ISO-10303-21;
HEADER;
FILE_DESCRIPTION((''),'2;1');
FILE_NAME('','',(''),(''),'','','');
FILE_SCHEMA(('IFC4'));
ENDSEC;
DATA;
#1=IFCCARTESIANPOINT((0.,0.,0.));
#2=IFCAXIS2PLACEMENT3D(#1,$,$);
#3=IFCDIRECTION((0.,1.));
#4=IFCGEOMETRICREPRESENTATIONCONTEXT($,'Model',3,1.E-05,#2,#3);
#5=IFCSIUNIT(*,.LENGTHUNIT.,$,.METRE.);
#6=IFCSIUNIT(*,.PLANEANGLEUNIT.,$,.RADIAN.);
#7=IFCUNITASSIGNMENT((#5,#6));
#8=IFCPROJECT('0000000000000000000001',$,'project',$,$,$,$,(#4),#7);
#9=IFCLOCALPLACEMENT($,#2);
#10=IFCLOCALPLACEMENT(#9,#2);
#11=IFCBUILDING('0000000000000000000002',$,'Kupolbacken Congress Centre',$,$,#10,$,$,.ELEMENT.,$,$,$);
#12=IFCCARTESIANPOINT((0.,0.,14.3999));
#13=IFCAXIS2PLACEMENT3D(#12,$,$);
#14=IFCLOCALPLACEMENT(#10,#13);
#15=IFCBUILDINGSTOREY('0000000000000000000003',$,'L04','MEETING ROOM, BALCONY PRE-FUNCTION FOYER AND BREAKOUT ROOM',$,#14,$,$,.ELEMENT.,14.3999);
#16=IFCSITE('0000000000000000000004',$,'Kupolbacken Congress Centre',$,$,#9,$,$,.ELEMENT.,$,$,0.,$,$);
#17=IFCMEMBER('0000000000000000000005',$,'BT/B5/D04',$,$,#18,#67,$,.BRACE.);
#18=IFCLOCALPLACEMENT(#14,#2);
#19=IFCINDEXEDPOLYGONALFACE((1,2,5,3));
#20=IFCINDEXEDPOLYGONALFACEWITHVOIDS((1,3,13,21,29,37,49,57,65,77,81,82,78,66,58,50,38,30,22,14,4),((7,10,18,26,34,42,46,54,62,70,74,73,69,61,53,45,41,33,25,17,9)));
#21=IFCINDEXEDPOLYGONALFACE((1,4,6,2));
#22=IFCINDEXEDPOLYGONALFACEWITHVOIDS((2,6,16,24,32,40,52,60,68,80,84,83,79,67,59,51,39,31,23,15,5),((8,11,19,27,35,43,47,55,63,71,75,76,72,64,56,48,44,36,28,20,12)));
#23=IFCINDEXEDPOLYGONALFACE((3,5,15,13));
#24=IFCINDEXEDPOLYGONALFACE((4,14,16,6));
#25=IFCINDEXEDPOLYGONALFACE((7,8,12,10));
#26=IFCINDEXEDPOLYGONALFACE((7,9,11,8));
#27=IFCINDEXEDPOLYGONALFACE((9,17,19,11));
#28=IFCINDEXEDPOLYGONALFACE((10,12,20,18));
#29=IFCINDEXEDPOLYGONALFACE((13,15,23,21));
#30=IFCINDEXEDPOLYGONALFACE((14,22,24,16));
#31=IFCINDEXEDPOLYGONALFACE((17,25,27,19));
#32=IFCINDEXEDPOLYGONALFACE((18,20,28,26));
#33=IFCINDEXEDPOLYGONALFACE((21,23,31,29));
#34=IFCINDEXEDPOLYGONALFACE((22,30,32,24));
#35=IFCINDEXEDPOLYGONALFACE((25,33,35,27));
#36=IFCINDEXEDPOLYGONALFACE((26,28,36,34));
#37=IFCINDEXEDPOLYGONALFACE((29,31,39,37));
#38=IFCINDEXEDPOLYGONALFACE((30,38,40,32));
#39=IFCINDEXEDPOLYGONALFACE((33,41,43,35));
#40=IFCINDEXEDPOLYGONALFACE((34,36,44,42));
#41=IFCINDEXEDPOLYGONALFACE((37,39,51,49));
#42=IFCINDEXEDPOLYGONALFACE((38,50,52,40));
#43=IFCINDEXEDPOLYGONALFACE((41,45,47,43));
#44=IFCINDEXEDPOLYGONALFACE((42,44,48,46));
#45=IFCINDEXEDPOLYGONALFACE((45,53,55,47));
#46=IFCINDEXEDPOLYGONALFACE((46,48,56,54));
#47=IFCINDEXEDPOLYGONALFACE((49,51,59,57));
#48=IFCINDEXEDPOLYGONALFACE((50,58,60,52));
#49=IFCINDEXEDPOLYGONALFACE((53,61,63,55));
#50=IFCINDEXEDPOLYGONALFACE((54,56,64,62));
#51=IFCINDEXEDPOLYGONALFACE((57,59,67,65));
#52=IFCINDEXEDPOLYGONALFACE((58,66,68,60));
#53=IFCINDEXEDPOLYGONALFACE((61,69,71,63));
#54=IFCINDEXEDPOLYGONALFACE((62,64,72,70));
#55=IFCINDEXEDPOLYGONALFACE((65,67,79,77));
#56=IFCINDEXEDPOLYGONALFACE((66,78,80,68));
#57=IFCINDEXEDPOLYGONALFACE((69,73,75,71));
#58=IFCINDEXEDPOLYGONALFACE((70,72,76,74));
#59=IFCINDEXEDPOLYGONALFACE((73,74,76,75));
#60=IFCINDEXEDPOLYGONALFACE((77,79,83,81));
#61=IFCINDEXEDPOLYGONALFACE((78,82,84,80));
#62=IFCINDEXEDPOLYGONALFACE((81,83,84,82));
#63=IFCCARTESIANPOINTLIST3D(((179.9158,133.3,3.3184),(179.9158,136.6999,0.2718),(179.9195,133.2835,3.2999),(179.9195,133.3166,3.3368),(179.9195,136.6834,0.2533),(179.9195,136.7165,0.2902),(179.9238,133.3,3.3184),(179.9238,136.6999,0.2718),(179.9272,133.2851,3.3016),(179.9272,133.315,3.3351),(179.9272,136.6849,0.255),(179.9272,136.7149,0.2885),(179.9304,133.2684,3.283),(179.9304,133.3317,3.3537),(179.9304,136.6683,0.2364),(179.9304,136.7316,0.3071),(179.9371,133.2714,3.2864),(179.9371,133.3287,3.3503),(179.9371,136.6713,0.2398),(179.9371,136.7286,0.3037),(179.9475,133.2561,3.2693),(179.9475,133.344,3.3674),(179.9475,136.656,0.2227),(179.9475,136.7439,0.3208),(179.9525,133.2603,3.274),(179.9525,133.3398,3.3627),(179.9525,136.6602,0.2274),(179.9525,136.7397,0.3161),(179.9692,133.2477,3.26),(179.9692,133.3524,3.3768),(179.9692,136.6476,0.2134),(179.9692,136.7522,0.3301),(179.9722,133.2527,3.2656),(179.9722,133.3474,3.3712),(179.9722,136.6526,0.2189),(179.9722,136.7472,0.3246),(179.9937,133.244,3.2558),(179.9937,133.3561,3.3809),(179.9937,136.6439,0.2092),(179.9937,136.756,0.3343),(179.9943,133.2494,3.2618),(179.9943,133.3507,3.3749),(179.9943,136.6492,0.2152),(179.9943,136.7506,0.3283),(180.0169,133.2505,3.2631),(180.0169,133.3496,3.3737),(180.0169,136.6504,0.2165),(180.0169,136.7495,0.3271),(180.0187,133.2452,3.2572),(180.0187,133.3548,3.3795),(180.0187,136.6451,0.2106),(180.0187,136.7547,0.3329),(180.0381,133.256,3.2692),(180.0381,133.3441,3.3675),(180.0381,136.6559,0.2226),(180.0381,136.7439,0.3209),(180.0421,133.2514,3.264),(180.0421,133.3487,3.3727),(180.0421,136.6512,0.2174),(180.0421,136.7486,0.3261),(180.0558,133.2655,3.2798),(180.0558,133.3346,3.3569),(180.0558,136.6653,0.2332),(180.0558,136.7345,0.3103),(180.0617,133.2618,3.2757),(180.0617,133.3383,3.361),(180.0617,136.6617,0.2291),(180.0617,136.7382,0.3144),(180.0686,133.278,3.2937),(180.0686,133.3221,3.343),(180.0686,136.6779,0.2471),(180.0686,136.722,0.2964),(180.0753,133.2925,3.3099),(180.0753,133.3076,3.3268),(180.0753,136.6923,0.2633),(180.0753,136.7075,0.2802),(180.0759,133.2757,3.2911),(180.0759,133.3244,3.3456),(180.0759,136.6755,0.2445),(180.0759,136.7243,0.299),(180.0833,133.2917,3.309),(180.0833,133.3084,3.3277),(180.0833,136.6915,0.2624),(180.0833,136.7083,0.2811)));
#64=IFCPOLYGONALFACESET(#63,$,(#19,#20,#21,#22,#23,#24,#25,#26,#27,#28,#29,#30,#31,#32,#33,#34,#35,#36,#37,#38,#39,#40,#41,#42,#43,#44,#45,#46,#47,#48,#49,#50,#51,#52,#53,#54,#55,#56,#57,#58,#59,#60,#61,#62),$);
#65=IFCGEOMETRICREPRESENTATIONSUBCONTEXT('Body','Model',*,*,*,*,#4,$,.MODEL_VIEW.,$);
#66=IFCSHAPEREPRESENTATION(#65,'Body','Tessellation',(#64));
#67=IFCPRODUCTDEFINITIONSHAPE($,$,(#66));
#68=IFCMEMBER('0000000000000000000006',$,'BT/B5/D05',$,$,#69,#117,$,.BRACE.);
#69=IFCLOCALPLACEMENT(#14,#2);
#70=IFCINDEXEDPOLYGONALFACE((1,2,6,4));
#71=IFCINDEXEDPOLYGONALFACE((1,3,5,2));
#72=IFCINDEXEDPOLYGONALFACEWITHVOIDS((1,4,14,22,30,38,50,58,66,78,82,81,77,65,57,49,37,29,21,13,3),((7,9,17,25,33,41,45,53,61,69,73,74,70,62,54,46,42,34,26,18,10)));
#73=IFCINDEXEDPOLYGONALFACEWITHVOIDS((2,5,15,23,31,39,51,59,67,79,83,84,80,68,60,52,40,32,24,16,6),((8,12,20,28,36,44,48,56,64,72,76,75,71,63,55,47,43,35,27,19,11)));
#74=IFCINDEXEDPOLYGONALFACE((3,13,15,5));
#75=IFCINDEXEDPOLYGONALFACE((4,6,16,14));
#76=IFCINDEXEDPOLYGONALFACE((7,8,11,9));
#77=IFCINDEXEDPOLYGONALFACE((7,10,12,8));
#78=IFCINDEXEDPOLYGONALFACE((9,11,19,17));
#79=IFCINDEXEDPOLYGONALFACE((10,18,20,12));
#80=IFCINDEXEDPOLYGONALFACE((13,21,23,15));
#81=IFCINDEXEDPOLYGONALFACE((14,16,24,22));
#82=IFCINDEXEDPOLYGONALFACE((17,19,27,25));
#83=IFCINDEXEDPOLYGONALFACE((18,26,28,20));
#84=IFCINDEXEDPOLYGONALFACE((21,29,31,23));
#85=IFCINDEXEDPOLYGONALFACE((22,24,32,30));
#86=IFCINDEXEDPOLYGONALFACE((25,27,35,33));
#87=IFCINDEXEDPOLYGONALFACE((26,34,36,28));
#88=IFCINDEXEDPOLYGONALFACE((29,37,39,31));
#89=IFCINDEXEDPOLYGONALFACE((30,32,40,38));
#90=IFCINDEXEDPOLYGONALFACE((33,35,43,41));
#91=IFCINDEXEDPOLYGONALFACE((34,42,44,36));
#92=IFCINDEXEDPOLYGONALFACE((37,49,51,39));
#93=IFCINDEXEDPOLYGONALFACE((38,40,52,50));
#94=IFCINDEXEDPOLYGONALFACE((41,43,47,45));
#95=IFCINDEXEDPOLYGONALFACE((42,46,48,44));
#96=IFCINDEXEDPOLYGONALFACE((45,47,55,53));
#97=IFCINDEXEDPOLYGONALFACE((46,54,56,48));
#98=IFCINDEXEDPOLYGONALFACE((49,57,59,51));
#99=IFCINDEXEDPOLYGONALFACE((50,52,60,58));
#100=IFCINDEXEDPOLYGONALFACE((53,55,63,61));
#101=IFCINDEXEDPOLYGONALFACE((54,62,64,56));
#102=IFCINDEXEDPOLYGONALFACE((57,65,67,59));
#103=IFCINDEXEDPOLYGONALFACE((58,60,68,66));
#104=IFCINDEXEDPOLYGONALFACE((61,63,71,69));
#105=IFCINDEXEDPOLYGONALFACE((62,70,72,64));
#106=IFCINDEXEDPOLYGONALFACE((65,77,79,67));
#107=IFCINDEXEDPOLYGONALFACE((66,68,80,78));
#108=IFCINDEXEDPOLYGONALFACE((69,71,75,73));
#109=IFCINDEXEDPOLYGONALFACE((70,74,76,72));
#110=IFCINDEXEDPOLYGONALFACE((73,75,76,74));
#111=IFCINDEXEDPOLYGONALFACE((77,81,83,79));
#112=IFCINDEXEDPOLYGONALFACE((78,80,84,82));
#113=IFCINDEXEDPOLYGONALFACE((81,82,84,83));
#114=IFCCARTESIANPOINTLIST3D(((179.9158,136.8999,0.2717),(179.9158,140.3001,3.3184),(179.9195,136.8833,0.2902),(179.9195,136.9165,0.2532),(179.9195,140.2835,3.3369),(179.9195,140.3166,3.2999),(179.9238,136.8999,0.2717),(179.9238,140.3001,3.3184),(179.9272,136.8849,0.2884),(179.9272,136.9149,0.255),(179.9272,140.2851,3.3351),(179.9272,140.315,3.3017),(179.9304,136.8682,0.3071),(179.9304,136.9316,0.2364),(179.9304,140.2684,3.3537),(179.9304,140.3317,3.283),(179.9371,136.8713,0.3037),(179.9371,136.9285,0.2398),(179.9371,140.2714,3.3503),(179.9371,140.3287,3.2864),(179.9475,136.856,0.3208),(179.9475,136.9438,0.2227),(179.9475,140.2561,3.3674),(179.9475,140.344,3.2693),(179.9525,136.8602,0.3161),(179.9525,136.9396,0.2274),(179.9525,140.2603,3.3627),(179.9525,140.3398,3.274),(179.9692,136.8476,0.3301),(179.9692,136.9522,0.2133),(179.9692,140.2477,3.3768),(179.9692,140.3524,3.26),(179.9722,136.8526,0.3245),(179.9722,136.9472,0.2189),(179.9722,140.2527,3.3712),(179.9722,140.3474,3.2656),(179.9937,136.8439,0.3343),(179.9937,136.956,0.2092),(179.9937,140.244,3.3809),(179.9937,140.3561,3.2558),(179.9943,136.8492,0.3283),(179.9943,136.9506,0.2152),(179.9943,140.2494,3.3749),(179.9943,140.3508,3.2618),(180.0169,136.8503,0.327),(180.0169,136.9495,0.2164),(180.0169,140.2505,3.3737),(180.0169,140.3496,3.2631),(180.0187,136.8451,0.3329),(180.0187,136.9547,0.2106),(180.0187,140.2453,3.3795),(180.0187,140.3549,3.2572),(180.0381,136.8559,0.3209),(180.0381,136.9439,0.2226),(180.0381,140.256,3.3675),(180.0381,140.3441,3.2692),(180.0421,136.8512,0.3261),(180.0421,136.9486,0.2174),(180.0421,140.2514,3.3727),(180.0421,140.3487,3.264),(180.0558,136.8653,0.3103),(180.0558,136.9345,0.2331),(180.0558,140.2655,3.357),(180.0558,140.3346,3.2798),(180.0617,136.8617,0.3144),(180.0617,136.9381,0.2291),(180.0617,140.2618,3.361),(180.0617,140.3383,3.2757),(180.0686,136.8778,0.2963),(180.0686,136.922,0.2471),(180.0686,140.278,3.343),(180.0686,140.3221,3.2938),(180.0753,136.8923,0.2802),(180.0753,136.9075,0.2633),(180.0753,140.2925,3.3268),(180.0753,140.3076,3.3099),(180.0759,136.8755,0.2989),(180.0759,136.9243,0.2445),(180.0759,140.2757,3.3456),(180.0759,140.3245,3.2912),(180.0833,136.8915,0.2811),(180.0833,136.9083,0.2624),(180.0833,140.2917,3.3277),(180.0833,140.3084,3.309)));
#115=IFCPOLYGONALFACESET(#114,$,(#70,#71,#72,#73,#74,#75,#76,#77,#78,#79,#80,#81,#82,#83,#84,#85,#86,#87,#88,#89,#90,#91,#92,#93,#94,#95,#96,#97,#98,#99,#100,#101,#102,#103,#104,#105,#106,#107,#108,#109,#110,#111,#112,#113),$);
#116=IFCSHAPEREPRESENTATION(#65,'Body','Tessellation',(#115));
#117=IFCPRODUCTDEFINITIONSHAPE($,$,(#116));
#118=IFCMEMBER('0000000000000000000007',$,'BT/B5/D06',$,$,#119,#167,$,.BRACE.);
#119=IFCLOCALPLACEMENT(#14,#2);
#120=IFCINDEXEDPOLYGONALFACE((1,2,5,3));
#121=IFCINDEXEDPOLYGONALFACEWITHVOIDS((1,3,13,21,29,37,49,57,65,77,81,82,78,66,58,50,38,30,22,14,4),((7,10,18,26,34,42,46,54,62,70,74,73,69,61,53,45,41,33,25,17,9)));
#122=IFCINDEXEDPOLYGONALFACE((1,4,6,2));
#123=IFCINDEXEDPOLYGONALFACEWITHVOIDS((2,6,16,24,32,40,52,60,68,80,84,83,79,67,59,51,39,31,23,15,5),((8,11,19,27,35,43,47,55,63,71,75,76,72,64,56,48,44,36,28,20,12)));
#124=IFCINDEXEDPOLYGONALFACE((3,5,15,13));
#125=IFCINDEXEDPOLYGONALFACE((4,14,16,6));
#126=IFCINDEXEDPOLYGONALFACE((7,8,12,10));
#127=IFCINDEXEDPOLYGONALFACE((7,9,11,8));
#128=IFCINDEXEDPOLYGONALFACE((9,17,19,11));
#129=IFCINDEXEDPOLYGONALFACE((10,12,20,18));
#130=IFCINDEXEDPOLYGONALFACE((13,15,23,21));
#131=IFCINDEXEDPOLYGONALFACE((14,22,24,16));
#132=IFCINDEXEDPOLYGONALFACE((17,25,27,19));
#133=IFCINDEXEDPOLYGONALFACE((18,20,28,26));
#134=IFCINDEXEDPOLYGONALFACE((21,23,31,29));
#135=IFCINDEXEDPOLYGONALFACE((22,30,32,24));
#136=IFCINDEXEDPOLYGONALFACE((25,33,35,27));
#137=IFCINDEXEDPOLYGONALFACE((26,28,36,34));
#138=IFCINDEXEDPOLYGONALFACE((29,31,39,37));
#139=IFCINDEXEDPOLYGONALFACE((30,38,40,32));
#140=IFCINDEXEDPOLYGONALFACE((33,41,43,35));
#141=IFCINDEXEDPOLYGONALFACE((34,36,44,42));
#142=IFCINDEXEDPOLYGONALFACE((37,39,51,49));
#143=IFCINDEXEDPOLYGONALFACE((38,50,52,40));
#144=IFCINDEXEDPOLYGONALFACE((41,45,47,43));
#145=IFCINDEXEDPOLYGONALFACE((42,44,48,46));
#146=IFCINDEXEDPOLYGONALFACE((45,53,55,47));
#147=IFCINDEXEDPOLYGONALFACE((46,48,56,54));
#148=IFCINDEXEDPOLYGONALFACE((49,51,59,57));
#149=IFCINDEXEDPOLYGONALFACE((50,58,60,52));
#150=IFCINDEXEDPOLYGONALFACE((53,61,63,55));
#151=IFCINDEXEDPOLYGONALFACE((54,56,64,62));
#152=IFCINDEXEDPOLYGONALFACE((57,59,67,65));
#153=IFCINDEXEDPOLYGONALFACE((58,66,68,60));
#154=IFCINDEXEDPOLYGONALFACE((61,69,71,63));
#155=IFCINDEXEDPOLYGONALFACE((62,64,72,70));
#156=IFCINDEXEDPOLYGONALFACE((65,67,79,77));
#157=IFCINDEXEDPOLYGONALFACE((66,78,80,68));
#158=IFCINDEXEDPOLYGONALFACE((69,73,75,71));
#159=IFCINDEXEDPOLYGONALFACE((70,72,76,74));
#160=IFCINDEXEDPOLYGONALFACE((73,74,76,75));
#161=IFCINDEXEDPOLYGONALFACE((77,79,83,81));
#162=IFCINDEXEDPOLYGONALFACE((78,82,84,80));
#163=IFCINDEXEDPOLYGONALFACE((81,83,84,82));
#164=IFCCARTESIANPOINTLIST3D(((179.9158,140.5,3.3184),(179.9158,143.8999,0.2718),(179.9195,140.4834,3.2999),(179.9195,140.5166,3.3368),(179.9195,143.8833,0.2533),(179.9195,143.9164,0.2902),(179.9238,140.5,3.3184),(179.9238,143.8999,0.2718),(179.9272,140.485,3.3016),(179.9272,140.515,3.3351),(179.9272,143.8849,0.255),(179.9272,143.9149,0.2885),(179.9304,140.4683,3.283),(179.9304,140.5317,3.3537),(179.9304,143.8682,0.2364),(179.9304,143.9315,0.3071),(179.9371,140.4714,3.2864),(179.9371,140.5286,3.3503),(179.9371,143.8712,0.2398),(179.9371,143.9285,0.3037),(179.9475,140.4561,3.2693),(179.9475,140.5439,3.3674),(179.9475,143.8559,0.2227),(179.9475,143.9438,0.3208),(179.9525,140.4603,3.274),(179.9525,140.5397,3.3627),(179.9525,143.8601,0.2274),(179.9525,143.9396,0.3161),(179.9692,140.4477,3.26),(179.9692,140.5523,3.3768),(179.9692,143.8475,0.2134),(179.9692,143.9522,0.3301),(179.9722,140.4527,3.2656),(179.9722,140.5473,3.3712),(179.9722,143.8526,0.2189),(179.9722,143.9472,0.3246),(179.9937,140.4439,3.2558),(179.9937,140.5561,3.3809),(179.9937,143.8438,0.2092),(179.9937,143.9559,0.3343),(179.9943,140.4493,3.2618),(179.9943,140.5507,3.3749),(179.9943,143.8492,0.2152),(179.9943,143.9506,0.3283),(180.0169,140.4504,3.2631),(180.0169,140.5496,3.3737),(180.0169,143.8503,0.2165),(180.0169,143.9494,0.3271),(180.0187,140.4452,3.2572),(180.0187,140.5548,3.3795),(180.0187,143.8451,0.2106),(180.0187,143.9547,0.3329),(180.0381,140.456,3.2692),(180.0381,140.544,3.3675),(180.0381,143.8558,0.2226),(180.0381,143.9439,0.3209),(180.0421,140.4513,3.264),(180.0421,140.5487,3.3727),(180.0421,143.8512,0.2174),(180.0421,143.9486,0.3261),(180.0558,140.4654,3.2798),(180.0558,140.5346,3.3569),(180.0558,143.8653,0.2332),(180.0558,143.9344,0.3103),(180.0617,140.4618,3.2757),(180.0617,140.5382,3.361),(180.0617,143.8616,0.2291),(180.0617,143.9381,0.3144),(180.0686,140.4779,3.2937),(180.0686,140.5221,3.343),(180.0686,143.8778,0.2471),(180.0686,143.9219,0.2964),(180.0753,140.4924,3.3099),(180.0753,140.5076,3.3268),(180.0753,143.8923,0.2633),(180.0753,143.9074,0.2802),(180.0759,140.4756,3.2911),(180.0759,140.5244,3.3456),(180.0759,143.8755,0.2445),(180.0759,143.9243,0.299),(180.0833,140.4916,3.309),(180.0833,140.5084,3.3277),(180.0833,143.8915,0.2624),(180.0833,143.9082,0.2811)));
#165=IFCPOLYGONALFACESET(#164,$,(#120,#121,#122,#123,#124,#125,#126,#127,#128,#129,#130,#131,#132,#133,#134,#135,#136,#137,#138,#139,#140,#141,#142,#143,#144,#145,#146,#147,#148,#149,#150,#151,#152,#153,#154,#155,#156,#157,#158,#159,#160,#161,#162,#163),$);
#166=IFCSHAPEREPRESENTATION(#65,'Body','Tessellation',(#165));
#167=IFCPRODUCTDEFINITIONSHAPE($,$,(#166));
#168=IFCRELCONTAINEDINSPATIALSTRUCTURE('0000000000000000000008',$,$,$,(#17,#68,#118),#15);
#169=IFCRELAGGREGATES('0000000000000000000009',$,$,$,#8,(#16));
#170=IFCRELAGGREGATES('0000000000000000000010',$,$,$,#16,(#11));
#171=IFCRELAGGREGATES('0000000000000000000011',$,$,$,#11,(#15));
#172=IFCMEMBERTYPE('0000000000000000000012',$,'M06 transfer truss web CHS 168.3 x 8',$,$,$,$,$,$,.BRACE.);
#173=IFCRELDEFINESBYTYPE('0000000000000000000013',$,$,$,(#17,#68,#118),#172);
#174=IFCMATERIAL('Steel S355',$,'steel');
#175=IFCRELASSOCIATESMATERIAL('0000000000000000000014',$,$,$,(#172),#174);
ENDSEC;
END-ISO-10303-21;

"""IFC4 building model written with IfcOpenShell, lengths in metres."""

from ifc_helpers import new_model, si_unit, direction, frame, origin, origin_2d, place, context, subcontext, project, spatial, hollow_circle, extrude, material, material_profile, profile_set, type_object, element, save


model = new_model("IFC4")

# Units and contexts
model_context = context("Model", 3, precision=1e-05, world=origin(), true_north=direction((0.0, 1.0)))
body_context = subcontext(model_context, "Body", "Model", "MODEL_VIEW")
ifc_project = project(units=[si_unit("LENGTHUNIT", "METRE"), si_unit("PLANEANGLEUNIT", "RADIAN")], contexts=[model_context])

# Site, building, storey
site_placement = place(None, origin())
site = spatial("IfcSite", under=ifc_project, at=site_placement, Name="Kupolbacken Congress Centre", CompositionType="ELEMENT", RefElevation=0.0)
building_placement = place(site_placement, origin())
building = spatial("IfcBuilding", under=site, at=building_placement, Name="Kupolbacken Congress Centre", CompositionType="ELEMENT")
storey_placement = place(building_placement, frame((0.0, 0.0, 14.3999)))
storey = spatial("IfcBuildingStorey", under=building, at=storey_placement, Name="L04", Description="MEETING ROOM, BALCONY PRE-FUNCTION FOYER AND BREAKOUT ROOM", CompositionType="ELEMENT", Elevation=14.3999)

# Members
ifc_material_1 = material(Name="Steel S355", Category="steel")
ifc_material_profile_1 = material_profile(ifc_material_1, hollow_circle(Radius=0.0842, WallThickness=0.0081, at=origin_2d()), Name="CHS 168.3 x 8")
ifc_profile_set_1 = profile_set([ifc_material_profile_1], Name="Steel S355")
member_type_1 = type_object("IfcMemberType", Name="M06 transfer truss web CHS 168.3 x 8", PredefinedType="BRACE", material=ifc_profile_set_1)
member_1_placement = place(storey_placement, frame((180.0, 133.3, 3.3184), z_axis=(0.0, 0.744739, -0.667356), x_axis=(-1.0, 0.0, 0.0)))
element("IfcMember", 1, at=member_1_placement, inside=storey, type_object=member_type_1, Name="BT/B5/D04", PredefinedType="BRACE", context=body_context, shape_type="SweptSolid", body=[
    extrude(hollow_circle(Radius=0.0842, WallThickness=0.0081, at=origin_2d()), origin(), (0.0, 0.0, 1.0), 4.5652),
])
member_2_placement = place(storey_placement, frame((180.0, 136.8999, 0.2717), z_axis=(0.0, 0.744763, 0.667329), x_axis=(-1.0, 0.0, 0.0)))
element("IfcMember", 2, at=member_2_placement, inside=storey, type_object=member_type_1, Name="BT/B5/D05", PredefinedType="BRACE", context=body_context, shape_type="SweptSolid", body=[
    extrude(hollow_circle(Radius=0.0842, WallThickness=0.0081, at=origin_2d()), origin(), (0.0, 0.0, 1.0), 4.5654),
])
for number, where, z_axis, x_axis, name in (
    (3, (180.0, 140.5, 3.3184), (0.0, 0.744739, -0.667356), (-1.0, 0.0, 0.0), "BT/B5/D06"),
):
    element("IfcMember", number, at=place(storey_placement, frame(where, z_axis=z_axis, x_axis=x_axis)), inside=storey, type_object=member_type_1, Name=name, PredefinedType="BRACE", context=body_context, shape_type="SweptSolid", body=[
        extrude(hollow_circle(Radius=0.0842, WallThickness=0.0081, at=origin_2d()), origin(), (0.0, 0.0, 1.0), 4.5652),
    ])

save(model, "model.ifc")
